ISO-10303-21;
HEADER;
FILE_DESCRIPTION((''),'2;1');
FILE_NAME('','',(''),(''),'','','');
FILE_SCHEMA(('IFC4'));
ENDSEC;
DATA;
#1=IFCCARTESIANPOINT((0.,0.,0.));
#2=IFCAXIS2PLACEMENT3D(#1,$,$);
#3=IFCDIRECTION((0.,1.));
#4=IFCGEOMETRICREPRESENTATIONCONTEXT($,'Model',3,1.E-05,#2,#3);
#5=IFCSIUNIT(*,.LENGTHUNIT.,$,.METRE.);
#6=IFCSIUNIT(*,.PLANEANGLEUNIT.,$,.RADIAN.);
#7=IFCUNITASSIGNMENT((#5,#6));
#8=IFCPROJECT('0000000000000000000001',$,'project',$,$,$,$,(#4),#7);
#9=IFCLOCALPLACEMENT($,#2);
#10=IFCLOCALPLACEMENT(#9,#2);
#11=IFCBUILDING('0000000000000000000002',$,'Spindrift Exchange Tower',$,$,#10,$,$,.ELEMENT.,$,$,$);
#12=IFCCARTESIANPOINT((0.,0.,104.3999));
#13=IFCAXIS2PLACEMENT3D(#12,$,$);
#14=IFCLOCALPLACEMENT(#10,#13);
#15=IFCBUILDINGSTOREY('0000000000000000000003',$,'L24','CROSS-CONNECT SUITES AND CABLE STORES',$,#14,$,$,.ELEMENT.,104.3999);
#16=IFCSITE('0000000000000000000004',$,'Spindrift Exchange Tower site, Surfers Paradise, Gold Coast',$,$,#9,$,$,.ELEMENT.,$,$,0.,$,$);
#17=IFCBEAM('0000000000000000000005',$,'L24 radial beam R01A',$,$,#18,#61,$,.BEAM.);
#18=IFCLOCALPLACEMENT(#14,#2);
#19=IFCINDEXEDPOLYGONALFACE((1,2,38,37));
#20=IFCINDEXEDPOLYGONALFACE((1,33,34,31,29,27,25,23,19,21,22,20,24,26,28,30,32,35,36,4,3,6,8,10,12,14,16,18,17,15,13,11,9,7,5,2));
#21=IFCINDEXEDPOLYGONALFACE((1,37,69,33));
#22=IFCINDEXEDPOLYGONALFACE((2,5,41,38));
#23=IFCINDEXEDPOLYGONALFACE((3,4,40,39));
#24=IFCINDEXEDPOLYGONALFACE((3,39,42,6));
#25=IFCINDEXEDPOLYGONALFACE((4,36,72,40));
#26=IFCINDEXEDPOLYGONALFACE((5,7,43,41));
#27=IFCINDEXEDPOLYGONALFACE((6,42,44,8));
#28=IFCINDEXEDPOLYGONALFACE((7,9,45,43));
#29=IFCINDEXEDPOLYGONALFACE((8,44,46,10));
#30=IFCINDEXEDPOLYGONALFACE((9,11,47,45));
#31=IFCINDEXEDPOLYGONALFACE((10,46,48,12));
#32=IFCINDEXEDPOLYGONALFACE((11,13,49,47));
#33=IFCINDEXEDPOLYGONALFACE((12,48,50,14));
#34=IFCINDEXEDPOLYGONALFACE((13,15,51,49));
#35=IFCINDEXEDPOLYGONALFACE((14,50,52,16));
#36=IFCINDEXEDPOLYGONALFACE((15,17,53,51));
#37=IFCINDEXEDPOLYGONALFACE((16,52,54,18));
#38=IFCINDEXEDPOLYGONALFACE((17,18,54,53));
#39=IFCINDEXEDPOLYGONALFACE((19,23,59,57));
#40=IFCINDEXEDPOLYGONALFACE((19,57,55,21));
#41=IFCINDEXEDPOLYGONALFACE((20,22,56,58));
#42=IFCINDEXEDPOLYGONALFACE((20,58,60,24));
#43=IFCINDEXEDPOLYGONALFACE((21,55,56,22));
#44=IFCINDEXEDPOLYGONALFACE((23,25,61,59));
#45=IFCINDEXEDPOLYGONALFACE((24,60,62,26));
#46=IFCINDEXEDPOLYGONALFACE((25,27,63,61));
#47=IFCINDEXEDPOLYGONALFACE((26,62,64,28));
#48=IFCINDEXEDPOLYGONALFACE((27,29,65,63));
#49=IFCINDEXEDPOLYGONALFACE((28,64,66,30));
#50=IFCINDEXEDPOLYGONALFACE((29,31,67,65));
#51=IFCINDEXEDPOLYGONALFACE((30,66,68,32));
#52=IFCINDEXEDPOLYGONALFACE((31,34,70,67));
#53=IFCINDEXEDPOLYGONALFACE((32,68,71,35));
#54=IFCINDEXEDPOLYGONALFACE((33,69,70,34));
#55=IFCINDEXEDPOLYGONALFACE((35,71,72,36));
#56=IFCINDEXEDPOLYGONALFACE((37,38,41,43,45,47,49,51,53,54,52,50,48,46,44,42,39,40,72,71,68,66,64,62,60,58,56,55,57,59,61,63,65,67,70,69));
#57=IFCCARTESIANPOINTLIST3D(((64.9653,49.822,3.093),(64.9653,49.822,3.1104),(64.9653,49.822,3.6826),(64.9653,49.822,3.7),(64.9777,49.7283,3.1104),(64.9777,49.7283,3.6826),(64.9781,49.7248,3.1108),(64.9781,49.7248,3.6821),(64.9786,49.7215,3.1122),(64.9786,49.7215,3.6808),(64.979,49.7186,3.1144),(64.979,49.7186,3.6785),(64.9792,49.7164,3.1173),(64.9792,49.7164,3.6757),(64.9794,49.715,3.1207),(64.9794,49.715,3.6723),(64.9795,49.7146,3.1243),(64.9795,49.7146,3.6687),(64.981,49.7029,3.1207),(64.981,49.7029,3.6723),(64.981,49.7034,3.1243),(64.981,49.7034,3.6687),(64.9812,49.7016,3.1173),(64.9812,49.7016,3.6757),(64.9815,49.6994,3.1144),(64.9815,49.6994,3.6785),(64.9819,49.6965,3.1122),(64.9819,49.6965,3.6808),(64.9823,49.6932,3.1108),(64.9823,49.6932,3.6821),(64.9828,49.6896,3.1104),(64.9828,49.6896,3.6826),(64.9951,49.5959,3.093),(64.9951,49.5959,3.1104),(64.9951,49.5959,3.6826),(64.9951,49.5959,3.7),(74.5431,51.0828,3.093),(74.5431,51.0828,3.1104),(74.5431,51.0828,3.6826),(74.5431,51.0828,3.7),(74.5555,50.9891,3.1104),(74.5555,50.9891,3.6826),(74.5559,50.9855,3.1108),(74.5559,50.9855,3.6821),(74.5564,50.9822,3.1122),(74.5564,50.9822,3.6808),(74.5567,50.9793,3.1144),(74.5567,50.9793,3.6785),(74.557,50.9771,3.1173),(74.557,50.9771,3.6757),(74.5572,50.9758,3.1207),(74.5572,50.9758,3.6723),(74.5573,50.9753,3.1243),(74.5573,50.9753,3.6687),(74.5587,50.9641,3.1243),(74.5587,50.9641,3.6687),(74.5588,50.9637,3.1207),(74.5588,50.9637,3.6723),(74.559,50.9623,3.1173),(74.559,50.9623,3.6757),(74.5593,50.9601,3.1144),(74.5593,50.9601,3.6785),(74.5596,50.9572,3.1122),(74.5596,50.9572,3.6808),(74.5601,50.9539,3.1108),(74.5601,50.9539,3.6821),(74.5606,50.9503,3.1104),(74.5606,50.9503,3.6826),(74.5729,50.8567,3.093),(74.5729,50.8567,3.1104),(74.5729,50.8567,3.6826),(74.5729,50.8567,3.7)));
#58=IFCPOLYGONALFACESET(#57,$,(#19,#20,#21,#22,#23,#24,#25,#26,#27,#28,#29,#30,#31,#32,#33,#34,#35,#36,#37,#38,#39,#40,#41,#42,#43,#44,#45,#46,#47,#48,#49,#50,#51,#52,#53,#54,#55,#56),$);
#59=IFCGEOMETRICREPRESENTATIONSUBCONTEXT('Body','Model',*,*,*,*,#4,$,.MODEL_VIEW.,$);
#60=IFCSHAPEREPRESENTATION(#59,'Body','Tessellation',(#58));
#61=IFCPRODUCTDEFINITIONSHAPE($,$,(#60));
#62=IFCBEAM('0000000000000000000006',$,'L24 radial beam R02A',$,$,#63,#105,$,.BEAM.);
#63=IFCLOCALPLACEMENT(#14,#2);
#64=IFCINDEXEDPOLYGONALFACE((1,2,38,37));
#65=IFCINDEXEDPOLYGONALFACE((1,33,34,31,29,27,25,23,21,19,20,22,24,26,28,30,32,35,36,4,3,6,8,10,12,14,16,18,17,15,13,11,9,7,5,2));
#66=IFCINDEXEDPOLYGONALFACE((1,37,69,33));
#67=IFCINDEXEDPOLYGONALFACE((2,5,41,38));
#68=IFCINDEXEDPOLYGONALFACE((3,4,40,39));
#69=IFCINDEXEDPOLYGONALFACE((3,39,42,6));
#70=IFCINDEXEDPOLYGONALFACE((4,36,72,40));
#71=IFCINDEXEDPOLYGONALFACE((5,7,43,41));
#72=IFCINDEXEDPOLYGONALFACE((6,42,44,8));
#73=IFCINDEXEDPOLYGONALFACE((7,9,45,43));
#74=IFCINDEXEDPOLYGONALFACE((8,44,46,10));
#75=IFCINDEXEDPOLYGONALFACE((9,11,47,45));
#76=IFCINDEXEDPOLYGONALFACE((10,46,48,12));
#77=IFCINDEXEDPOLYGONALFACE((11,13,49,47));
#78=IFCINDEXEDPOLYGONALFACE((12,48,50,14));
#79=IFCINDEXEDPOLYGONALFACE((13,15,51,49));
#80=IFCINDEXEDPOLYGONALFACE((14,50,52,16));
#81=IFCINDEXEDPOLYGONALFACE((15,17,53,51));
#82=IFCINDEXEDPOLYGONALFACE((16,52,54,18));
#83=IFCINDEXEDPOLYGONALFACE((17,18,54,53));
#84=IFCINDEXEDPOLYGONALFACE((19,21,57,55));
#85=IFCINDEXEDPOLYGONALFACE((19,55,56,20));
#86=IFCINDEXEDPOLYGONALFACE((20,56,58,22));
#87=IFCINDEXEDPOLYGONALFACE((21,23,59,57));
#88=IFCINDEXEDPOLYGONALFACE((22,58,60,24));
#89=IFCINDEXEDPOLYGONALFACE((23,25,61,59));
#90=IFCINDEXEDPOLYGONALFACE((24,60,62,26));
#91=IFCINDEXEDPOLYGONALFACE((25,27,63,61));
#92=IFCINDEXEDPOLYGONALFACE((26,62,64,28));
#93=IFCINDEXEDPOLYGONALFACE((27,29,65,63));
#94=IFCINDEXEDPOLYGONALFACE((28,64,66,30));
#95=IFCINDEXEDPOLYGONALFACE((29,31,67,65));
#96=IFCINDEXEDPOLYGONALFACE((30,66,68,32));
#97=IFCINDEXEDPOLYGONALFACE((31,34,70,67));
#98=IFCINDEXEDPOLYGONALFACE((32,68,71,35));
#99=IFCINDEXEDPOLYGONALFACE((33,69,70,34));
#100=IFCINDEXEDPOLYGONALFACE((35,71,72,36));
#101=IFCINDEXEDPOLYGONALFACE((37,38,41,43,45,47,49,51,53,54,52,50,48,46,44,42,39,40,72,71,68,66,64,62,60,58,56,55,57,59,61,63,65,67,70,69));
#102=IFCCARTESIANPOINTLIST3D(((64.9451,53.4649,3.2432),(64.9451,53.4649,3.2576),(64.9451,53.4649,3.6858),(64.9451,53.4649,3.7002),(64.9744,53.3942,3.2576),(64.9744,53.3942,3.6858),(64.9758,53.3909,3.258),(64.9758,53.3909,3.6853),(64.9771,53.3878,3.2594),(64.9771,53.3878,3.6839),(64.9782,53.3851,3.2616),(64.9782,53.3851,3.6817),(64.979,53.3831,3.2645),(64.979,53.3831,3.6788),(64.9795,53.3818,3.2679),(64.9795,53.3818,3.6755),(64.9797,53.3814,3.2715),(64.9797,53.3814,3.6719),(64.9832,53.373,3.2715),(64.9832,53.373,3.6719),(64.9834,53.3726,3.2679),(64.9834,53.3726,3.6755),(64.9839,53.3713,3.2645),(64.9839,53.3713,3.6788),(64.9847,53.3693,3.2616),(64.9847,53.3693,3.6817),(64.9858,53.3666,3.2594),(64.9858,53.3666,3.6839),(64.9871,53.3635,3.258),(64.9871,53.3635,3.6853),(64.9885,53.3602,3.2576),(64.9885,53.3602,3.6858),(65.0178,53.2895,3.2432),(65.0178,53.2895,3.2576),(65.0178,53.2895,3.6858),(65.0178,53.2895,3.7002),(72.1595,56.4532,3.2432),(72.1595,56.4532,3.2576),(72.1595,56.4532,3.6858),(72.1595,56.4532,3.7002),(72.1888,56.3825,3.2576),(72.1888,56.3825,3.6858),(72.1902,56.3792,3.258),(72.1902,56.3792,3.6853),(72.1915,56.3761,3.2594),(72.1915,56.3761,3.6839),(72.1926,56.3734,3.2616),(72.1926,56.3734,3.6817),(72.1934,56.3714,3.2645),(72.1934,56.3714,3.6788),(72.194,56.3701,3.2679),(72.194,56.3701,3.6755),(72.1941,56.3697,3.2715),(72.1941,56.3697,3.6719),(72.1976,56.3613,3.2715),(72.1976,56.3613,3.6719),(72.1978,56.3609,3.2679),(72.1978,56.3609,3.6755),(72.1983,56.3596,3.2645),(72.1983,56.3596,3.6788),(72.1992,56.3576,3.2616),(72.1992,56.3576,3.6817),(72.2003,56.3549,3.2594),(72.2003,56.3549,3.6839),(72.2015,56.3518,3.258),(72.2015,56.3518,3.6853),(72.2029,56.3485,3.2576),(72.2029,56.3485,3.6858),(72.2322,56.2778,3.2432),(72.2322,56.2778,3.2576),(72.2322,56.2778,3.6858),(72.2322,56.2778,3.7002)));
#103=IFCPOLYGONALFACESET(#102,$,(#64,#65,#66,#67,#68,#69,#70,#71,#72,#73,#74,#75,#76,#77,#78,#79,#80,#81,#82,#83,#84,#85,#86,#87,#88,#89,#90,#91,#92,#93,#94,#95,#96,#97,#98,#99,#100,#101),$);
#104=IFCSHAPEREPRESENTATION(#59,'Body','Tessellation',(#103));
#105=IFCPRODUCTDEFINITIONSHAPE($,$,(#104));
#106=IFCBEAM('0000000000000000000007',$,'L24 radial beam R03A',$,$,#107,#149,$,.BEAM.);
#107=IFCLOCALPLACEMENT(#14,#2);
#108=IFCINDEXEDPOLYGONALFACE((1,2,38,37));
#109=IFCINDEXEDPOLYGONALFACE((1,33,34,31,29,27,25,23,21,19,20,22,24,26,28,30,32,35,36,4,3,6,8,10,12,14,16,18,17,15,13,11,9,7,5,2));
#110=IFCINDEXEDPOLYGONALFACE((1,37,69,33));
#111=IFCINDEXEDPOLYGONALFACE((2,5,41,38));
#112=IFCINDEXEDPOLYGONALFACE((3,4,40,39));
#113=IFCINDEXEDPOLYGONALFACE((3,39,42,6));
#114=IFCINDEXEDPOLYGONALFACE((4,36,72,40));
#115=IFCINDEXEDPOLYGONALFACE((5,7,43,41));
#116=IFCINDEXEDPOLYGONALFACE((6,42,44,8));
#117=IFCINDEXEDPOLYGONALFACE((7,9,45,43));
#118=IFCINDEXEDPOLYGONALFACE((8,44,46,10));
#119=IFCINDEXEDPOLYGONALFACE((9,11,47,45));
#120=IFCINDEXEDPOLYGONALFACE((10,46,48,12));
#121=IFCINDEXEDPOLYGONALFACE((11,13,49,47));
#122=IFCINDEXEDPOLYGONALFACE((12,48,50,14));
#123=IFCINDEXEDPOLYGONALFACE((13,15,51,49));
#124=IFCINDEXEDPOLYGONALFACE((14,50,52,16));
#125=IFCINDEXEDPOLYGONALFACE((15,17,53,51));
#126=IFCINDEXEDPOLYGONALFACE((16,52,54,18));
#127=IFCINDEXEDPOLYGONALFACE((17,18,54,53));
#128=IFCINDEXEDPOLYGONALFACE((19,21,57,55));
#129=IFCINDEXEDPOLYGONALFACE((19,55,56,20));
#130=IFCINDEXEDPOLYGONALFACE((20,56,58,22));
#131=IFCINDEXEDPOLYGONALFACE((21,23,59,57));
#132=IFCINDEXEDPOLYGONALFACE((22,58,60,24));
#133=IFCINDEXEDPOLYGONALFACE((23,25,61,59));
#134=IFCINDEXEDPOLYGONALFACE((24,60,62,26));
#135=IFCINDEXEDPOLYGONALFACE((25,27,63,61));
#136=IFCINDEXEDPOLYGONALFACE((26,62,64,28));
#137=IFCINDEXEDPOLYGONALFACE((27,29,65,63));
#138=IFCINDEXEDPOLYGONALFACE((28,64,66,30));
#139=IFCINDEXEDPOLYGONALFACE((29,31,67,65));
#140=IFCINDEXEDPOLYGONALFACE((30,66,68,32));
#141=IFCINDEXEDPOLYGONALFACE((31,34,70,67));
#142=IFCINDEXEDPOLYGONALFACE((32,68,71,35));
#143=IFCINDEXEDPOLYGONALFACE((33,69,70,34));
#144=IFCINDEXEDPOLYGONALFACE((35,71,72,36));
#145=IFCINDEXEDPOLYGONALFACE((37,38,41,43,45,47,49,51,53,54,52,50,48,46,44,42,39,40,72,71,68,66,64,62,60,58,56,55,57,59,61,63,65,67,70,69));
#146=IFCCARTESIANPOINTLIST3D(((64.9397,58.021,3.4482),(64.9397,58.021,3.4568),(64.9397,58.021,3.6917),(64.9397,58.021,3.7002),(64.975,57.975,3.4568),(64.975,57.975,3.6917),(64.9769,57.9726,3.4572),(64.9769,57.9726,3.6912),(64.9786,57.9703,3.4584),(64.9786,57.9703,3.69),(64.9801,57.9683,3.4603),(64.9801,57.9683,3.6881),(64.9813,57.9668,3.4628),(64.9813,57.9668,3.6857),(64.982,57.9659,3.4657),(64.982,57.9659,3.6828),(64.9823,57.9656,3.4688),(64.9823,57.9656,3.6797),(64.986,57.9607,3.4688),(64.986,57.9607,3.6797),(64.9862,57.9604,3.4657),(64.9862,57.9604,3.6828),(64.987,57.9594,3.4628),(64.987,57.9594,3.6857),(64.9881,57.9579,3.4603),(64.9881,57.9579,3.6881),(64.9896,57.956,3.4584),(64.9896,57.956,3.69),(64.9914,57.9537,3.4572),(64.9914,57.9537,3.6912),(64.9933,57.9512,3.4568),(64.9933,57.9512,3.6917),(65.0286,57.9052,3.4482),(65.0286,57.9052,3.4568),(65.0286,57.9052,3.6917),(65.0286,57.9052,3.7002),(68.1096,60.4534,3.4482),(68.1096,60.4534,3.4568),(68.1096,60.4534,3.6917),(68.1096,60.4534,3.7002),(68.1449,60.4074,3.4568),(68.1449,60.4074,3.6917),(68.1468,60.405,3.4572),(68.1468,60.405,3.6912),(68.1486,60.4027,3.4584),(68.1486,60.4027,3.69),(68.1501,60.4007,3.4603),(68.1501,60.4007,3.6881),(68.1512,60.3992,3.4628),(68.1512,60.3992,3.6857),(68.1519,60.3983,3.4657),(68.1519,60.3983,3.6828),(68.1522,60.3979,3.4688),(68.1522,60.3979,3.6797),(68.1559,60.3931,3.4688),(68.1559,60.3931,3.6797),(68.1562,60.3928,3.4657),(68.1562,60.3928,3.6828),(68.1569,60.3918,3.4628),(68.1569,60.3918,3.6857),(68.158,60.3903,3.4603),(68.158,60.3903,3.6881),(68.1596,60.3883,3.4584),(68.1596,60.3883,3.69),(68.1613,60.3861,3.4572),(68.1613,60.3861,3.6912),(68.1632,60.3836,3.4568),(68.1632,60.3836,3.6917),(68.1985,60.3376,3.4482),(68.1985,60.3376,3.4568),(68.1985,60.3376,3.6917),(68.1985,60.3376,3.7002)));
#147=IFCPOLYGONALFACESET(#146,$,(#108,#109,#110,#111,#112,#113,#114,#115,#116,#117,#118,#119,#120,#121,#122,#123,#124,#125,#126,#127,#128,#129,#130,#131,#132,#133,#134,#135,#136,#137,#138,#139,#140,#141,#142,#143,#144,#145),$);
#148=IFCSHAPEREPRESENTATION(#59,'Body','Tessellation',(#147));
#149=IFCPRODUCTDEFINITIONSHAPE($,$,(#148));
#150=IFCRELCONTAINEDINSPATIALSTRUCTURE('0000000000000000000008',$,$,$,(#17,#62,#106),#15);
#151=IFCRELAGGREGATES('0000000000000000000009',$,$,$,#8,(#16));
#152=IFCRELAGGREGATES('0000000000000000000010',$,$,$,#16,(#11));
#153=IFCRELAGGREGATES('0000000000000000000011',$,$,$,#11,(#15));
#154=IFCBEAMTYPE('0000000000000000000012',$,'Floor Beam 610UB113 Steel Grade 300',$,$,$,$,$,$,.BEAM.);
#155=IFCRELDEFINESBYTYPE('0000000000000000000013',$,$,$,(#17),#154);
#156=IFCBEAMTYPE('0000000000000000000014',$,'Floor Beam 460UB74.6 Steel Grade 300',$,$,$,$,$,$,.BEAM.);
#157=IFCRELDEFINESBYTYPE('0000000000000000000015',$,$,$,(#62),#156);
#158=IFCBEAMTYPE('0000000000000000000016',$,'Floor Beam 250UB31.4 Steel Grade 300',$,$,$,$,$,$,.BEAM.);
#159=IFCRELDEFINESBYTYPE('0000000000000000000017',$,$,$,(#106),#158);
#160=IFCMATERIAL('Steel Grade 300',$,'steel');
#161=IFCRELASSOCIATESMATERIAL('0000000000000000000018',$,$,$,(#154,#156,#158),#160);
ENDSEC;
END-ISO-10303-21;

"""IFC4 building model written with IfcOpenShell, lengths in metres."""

from ifc_helpers import new_model, si_unit, direction, frame, origin, origin_2d, place, context, subcontext, project, spatial, i_section, extrude, source, transform, mapped, material, material_profile, profile_set, type_object, element, save


model = new_model("IFC4")

# Units and contexts
model_context = context("Model", 3, precision=1e-05, world=origin(), true_north=direction((0.0, 1.0)))
body_context = subcontext(model_context, "Body", "Model", "MODEL_VIEW")
ifc_project = project(units=[si_unit("LENGTHUNIT", "METRE"), si_unit("PLANEANGLEUNIT", "RADIAN")], contexts=[model_context])

# Site, building, storey
site_placement = place(None, origin())
site = spatial("IfcSite", under=ifc_project, at=site_placement, Name="Spindrift Exchange Tower site, Surfers Paradise, Gold Coast", CompositionType="ELEMENT", RefElevation=0.0)
building_placement = place(site_placement, origin())
building = spatial("IfcBuilding", under=site, at=building_placement, Name="Spindrift Exchange Tower", CompositionType="ELEMENT")
storey_placement = place(building_placement, frame((0.0, 0.0, 104.3999)))
storey = spatial("IfcBuildingStorey", under=building, at=storey_placement, Name="L24", Description="CROSS-CONNECT SUITES AND CABLE STORES", CompositionType="ELEMENT", Elevation=104.3999)

# Beams
ifc_material_1 = material(Name="Steel Grade 300", Category="steel")
ifc_material_profile_1 = material_profile(ifc_material_1, i_section(OverallWidth=0.228, OverallDepth=0.6069, WebThickness=0.0112, FlangeThickness=0.0173, FilletRadius=0.0139, at=origin_2d()), Name="610UB113")
ifc_profile_set_1 = profile_set([ifc_material_profile_1], Name="Steel Grade 300")
beam_type_1 = type_object("IfcBeamType", Name="Floor Beam 610UB113 Steel Grade 300", PredefinedType="BEAM", material=ifc_profile_set_1)
shared_shape_1 = source(origin(), body_context, "Body", "SweptSolid", [
    extrude(i_section(OverallWidth=0.228, OverallDepth=0.6069, WebThickness=0.0112, FlangeThickness=0.0173, FilletRadius=0.0139, at=origin_2d()), origin(), (0.0, 0.0, 1.0), 9.6604),
])
beam_1_placement = place(storey_placement, frame((64.9802, 49.709, 3.3965), z_axis=(0.991448, 0.130505, 0.0), x_axis=(-0.130505, 0.991448, 0.0)))
element("IfcBeam", 1, at=beam_1_placement, inside=storey, type_object=beam_type_1, Name="L24 radial beam R01A", PredefinedType="BEAM", context=body_context, shape_type="MappedRepresentation", body=[
    mapped(shared_shape_1, transform((0.0, 0.0, 0.0), scale=1.0)),
])
ifc_material_profile_2 = material_profile(ifc_material_1, i_section(OverallWidth=0.1899, OverallDepth=0.457, WebThickness=0.009, FlangeThickness=0.0144, FilletRadius=0.0139, at=origin_2d()), Name="460UB74.6")
ifc_profile_set_2 = profile_set([ifc_material_profile_2], Name="Steel Grade 300")
beam_type_2 = type_object("IfcBeamType", Name="Floor Beam 460UB74.6 Steel Grade 300", PredefinedType="BEAM", material=ifc_profile_set_2)
shared_shape_2 = source(origin(), body_context, "Body", "SweptSolid", [
    extrude(i_section(OverallWidth=0.1899, OverallDepth=0.457, WebThickness=0.009, FlangeThickness=0.0144, FilletRadius=0.0139, at=origin_2d()), origin(), (0.0, 0.0, 1.0), 7.8088),
])
beam_2_placement = place(storey_placement, frame((64.9814, 53.3772, 3.4717), z_axis=(0.92388, 0.382683, 0.0), x_axis=(-0.382683, 0.92388, 0.0)))
element("IfcBeam", 2, at=beam_2_placement, inside=storey, type_object=beam_type_2, Name="L24 radial beam R02A", PredefinedType="BEAM", context=body_context, shape_type="MappedRepresentation", body=[
    mapped(shared_shape_2, transform((0.0, 0.0, 0.0), scale=1.0)),
])
ifc_material_profile_3 = material_profile(ifc_material_1, i_section(OverallWidth=0.146, OverallDepth=0.252, WebThickness=0.0061, FlangeThickness=0.0085, FilletRadius=0.012, at=origin_2d()), Name="250UB31.4")
ifc_profile_set_3 = profile_set([ifc_material_profile_3], Name="Steel Grade 300")
beam_type_3 = type_object("IfcBeamType", Name="Floor Beam 250UB31.4 Steel Grade 300", PredefinedType="BEAM", material=ifc_profile_set_3)
shared_shape_3 = source(origin(), body_context, "Body", "SweptSolid", [
    extrude(i_section(OverallWidth=0.146, OverallDepth=0.252, WebThickness=0.0061, FlangeThickness=0.0085, FilletRadius=0.012, at=origin_2d()), origin(), (0.0, 0.0, 1.0), 3.9956),
])
beam_3_placement = place(storey_placement, frame((64.9841, 57.9631, 3.5742), z_axis=(0.793353, 0.608762, 0.0), x_axis=(-0.608762, 0.793353, 0.0)))
element("IfcBeam", 3, at=beam_3_placement, inside=storey, type_object=beam_type_3, Name="L24 radial beam R03A", PredefinedType="BEAM", context=body_context, shape_type="MappedRepresentation", body=[
    mapped(shared_shape_3, transform((0.0, 0.0, 0.0), scale=1.0)),
])

save(model, "model.ifc")
